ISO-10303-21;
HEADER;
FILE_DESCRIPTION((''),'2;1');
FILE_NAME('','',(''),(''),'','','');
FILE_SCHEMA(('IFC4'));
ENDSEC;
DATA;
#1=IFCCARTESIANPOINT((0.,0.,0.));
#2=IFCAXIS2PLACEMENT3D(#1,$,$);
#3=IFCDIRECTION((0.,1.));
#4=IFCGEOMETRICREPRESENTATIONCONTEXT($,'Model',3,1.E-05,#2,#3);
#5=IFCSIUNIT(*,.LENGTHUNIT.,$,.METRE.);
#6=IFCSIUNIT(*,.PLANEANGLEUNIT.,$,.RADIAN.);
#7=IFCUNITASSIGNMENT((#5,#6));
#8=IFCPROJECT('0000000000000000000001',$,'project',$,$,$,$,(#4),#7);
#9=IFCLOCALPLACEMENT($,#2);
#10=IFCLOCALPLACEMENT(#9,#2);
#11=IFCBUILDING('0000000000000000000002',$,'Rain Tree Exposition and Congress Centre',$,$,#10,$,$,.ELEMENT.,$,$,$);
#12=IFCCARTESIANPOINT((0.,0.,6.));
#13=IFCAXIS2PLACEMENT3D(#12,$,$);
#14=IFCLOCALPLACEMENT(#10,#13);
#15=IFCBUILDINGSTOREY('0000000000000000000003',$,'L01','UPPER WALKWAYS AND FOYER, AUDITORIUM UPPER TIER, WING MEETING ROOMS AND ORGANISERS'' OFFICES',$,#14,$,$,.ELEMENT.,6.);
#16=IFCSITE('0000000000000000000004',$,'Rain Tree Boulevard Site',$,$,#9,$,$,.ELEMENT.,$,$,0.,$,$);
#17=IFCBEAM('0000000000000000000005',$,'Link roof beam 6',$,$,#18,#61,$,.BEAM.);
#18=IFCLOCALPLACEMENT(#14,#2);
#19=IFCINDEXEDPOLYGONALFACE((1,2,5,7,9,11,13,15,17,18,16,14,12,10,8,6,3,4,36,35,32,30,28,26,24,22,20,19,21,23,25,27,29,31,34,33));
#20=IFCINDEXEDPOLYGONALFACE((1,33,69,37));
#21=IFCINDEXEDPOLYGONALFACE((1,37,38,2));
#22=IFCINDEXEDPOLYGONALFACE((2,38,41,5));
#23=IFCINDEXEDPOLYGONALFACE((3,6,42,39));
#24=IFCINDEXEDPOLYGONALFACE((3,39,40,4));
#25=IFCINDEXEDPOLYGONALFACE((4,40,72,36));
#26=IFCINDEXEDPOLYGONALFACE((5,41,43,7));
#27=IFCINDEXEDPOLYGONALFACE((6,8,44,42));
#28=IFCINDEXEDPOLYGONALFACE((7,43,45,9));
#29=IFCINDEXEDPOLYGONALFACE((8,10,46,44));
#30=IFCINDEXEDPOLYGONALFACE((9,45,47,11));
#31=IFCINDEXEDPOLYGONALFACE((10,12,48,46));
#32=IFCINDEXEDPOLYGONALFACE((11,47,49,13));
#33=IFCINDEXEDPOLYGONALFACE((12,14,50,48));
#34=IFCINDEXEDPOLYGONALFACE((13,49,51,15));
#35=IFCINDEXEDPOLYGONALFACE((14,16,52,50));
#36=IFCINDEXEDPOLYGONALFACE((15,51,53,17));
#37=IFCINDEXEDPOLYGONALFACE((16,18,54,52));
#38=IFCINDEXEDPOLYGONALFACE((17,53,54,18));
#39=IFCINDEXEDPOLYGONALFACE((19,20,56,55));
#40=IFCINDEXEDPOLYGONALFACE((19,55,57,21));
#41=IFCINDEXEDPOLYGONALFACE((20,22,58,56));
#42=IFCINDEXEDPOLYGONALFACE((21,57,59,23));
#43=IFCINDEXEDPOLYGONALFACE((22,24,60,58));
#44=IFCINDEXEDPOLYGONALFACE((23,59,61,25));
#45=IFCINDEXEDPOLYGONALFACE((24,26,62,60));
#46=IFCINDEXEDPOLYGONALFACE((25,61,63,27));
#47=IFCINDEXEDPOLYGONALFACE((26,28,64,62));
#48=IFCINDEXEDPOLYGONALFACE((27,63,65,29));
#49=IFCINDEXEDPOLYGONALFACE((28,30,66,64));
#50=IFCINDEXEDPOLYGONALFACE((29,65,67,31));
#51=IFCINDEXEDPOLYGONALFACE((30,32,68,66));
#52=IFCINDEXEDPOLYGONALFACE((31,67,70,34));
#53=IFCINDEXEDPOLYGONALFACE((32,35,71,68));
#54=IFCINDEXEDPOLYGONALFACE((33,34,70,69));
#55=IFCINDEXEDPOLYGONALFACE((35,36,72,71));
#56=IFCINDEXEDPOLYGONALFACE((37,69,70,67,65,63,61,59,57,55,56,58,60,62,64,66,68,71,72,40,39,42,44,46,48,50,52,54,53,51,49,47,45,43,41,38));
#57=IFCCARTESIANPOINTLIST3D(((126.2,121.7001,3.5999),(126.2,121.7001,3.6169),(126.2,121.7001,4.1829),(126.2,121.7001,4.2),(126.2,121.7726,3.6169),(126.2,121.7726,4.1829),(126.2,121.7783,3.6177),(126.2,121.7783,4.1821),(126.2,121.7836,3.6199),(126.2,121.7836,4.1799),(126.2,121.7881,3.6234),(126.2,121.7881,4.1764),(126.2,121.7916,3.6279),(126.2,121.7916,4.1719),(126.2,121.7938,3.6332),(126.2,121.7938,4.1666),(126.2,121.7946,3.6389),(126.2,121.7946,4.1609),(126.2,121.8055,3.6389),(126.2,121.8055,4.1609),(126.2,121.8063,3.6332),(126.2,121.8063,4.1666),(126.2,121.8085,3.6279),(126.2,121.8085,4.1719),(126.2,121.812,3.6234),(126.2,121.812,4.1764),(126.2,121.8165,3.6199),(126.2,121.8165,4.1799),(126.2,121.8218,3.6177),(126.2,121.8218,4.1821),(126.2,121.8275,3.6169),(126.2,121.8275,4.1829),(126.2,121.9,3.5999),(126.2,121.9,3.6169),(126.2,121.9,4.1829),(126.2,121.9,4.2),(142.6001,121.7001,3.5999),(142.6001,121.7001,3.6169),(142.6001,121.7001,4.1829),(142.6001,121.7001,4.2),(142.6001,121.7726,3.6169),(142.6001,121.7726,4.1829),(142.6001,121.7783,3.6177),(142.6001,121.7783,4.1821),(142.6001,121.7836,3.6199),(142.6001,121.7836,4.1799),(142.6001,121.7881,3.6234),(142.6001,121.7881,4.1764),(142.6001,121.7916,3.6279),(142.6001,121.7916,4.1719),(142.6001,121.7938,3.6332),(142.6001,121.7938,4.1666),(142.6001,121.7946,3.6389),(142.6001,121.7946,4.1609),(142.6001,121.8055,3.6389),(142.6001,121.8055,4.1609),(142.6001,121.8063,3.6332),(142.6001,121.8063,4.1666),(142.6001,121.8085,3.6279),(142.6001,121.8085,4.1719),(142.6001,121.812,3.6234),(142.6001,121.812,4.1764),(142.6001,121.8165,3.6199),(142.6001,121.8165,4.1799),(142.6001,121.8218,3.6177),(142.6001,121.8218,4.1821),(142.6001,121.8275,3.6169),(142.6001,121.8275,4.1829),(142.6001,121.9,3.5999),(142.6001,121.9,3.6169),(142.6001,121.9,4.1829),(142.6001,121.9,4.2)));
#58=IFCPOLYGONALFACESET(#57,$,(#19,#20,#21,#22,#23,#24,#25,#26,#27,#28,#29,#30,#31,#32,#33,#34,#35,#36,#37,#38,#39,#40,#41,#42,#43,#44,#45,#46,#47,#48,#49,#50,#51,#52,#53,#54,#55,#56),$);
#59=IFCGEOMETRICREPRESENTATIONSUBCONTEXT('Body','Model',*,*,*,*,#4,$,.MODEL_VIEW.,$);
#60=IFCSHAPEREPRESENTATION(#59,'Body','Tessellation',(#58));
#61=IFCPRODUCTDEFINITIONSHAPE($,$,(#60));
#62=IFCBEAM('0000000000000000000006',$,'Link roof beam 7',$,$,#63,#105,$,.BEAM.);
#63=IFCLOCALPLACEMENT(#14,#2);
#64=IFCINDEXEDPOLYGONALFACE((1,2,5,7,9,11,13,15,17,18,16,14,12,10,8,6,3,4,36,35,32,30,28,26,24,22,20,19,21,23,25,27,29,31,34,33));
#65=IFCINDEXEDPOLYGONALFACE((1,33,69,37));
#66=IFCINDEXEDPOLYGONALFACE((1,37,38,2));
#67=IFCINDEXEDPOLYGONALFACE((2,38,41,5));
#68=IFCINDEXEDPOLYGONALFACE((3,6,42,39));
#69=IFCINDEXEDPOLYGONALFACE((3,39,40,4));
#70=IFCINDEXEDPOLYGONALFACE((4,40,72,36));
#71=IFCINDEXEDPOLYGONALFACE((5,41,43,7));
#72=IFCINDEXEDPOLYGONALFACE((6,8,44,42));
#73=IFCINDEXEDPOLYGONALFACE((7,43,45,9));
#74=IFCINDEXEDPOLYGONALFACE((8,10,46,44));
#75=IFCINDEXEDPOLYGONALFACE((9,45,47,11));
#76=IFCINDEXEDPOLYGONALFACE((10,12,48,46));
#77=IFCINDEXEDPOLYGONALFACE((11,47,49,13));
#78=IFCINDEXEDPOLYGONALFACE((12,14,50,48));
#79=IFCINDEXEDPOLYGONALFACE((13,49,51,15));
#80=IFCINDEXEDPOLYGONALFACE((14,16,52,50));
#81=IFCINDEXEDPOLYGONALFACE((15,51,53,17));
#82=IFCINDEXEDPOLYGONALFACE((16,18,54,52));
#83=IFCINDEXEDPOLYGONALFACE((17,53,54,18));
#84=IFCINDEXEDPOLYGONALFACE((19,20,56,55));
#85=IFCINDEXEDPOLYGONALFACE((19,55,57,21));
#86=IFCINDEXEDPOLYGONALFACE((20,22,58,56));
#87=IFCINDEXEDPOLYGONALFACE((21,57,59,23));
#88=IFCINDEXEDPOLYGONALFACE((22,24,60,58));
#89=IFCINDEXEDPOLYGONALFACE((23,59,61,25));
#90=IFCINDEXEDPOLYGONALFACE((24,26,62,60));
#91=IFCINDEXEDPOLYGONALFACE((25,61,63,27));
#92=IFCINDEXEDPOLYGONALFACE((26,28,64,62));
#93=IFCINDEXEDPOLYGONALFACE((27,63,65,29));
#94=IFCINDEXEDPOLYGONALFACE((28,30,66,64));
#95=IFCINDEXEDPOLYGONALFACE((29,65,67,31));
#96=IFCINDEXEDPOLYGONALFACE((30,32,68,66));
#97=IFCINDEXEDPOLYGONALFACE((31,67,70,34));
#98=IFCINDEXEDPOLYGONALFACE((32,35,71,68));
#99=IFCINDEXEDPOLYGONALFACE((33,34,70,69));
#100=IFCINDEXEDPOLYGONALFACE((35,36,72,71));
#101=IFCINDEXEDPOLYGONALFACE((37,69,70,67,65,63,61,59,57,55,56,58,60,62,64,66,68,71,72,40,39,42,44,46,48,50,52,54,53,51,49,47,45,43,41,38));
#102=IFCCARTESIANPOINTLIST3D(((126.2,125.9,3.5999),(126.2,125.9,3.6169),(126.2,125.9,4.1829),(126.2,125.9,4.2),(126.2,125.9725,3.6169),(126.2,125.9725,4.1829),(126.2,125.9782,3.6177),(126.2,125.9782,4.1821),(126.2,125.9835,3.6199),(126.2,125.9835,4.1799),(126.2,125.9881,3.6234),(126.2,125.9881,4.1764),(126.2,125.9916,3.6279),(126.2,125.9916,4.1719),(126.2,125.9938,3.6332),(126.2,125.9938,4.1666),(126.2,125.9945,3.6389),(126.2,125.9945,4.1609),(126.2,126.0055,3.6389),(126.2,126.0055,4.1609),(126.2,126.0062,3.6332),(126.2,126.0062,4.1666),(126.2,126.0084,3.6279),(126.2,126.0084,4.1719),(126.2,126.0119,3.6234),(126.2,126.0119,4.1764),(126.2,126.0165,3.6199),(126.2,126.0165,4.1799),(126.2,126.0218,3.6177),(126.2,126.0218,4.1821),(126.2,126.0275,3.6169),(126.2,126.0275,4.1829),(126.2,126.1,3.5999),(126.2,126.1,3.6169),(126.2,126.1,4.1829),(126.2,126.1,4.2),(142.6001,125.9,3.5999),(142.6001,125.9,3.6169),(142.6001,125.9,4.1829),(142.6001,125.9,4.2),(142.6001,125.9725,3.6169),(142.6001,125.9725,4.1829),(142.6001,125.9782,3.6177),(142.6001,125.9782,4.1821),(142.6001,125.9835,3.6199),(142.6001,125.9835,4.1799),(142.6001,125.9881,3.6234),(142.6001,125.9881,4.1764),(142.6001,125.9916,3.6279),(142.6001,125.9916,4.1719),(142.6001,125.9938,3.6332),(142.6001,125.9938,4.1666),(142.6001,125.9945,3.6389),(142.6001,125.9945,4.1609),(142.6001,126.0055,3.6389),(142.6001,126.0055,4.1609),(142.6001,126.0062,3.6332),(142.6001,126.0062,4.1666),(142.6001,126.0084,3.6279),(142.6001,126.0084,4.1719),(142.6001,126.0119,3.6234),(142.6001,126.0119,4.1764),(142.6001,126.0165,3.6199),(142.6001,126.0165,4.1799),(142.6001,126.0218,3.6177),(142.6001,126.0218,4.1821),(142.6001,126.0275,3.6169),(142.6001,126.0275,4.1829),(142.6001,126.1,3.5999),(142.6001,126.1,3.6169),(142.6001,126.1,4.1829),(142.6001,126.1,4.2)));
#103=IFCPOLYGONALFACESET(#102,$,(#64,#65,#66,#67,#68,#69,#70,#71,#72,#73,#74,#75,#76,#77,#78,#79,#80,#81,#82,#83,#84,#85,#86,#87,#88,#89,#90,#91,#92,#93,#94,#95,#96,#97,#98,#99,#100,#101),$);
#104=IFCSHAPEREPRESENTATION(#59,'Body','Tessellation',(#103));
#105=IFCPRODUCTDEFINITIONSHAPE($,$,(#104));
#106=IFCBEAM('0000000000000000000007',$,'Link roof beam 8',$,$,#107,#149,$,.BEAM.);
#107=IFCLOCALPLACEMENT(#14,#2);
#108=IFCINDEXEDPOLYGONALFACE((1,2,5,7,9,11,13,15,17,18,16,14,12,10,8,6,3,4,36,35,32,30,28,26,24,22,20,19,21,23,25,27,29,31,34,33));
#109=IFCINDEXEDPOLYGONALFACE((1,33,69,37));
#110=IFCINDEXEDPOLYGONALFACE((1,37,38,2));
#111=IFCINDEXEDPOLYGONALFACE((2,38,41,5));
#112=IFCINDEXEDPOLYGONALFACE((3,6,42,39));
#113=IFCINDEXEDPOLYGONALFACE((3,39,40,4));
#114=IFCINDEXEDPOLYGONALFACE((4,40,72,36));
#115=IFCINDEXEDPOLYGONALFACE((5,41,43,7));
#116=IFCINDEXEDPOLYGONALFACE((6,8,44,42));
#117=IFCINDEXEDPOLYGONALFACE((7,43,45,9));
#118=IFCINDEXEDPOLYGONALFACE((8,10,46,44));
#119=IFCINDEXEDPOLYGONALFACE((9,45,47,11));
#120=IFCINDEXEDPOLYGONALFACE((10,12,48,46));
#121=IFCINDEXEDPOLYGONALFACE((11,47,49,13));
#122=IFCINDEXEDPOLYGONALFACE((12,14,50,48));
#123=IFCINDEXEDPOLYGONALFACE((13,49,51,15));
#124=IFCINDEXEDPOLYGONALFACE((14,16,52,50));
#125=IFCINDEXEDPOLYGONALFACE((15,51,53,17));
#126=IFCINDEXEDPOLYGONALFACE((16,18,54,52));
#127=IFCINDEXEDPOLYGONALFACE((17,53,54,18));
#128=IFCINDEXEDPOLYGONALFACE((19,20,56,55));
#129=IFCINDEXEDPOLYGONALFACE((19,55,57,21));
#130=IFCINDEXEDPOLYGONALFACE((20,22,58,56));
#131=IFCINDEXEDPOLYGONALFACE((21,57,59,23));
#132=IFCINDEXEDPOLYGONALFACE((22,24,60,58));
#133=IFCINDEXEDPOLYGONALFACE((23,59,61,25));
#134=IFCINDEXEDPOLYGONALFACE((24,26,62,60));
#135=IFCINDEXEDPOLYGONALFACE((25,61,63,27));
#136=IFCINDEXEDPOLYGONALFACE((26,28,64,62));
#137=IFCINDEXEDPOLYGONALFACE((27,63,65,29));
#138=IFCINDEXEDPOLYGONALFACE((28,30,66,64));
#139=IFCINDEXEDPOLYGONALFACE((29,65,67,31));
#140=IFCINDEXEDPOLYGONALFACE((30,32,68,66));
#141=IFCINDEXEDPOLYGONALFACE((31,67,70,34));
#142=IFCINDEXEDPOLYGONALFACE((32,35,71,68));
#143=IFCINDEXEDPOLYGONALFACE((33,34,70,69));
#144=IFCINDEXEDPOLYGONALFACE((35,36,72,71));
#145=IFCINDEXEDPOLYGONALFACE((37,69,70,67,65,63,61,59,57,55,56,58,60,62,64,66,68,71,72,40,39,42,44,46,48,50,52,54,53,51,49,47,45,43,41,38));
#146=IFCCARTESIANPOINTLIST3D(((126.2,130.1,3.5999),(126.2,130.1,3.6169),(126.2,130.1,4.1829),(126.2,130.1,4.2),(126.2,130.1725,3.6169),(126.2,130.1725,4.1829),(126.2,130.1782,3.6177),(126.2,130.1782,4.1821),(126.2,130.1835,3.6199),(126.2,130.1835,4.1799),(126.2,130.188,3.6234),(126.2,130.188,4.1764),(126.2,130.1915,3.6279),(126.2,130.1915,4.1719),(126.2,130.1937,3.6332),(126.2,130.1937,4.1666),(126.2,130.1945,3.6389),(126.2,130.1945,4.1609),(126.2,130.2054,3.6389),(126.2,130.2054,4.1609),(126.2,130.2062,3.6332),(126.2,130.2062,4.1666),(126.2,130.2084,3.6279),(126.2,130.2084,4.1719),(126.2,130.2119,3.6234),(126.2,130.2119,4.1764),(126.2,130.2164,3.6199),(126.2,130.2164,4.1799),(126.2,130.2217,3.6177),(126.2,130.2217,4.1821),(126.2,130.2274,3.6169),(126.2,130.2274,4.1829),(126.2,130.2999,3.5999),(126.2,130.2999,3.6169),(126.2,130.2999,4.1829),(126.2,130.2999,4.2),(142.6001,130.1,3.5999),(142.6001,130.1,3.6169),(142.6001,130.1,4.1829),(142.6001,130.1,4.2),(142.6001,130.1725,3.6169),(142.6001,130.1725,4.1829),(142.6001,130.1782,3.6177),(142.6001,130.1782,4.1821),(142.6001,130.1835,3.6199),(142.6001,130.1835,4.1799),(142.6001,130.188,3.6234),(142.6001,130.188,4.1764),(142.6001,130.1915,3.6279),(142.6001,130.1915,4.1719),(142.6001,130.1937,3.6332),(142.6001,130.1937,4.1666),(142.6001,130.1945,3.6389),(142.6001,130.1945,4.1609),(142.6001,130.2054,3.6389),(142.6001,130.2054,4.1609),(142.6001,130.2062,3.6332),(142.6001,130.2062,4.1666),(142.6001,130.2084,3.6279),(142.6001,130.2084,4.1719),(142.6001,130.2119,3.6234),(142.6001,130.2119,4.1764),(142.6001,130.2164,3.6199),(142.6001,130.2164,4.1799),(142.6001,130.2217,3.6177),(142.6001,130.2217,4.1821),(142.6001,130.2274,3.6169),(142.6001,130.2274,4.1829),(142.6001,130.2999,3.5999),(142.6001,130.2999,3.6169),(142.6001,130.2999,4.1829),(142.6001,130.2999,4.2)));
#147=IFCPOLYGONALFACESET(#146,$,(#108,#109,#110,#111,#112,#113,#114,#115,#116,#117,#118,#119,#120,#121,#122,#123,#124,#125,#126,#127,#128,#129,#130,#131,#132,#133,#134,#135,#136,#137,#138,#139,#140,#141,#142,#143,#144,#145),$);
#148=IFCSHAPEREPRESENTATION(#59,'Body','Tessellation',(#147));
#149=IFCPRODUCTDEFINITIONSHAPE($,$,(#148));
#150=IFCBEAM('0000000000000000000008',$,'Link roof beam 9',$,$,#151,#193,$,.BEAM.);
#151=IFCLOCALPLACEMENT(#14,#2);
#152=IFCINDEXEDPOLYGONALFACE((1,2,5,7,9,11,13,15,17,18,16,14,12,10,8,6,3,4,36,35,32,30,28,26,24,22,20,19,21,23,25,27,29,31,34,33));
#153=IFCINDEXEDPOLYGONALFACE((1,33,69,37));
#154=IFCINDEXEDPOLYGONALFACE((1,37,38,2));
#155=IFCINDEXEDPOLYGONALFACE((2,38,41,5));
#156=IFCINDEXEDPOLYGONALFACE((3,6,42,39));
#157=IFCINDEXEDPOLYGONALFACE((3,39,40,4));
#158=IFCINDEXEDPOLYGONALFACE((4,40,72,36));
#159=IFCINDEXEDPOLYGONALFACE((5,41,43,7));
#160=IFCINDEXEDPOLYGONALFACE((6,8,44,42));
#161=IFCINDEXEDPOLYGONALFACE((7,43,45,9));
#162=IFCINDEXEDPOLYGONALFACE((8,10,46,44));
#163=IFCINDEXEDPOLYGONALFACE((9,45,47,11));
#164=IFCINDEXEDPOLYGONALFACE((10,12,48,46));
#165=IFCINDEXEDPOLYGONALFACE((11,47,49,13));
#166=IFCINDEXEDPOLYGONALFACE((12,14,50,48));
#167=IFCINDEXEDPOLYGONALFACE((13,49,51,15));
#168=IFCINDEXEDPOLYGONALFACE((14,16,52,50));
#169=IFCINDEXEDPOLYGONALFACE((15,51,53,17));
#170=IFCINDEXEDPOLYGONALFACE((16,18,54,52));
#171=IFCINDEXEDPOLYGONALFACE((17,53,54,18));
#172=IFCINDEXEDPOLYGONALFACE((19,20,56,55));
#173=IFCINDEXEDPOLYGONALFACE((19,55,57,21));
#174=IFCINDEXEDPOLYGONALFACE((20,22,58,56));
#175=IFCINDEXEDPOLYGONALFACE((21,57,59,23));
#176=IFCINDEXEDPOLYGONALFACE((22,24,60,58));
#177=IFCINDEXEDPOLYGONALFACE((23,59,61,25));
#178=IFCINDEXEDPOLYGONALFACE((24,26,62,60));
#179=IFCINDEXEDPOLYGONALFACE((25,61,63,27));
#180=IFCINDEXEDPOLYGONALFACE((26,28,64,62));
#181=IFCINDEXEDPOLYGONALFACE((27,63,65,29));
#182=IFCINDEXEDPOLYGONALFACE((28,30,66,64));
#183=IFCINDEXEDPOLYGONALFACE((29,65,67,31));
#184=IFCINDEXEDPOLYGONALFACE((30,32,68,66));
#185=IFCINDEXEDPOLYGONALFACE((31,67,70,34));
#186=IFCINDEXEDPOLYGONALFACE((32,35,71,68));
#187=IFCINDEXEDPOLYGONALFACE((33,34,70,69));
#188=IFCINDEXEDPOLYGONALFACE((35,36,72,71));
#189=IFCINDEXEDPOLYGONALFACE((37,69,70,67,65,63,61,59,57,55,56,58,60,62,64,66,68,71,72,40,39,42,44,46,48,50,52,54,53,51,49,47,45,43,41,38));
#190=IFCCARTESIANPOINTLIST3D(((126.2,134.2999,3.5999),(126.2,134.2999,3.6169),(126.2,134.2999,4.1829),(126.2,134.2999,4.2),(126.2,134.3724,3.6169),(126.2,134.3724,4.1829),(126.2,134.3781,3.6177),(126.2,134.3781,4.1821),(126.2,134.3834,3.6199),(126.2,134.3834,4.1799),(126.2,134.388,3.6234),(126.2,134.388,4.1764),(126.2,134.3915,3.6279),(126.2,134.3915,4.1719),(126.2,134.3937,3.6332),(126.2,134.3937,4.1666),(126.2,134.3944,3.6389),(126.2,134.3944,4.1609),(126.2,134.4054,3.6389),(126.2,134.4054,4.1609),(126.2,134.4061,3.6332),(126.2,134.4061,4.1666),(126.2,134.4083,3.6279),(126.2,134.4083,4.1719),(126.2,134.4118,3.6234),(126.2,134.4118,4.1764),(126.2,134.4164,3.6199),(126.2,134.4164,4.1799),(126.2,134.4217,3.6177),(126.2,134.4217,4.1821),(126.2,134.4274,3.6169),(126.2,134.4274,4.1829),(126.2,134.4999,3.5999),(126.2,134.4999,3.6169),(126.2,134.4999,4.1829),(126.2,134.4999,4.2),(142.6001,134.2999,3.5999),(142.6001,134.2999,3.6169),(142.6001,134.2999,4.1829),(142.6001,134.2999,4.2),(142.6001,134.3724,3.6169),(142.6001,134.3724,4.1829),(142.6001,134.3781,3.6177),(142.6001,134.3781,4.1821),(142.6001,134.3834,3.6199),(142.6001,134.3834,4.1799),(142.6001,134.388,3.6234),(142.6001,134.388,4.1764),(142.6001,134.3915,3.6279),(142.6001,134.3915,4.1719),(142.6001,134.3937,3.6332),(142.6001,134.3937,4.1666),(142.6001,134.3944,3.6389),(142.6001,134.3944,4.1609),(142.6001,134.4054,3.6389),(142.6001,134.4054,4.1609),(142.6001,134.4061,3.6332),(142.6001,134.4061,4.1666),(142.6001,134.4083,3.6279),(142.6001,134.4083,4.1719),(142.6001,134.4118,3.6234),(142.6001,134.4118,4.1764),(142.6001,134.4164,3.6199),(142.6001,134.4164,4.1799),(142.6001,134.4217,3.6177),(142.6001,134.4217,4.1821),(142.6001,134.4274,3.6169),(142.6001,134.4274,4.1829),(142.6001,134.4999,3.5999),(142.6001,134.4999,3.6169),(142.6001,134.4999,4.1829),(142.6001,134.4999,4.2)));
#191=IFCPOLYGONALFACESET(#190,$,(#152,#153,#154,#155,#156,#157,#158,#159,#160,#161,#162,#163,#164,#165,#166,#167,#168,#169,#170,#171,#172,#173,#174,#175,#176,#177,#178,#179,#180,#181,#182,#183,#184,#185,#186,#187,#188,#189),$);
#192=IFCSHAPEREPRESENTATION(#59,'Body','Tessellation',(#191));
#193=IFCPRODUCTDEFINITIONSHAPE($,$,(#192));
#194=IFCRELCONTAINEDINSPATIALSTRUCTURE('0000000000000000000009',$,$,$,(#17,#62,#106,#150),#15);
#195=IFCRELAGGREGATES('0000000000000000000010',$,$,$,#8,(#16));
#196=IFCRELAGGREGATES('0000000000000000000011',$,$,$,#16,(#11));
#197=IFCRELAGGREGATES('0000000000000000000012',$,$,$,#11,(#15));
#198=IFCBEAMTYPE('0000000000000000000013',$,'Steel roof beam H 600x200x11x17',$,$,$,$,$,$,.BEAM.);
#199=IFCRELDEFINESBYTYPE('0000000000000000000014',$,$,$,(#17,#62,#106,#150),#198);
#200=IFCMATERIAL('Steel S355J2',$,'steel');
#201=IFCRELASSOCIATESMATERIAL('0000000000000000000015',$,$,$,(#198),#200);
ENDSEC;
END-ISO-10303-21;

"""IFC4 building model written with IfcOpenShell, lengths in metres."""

from ifc_helpers import new_model, si_unit, direction, frame, origin, origin_2d, place, context, subcontext, project, spatial, i_section, extrude, material, material_profile, profile_set, type_object, element, save


model = new_model("IFC4")

# Units and contexts
model_context = context("Model", 3, precision=1e-05, world=origin(), true_north=direction((0.0, 1.0)))
body_context = subcontext(model_context, "Body", "Model", "MODEL_VIEW")
ifc_project = project(units=[si_unit("LENGTHUNIT", "METRE"), si_unit("PLANEANGLEUNIT", "RADIAN")], contexts=[model_context])

# Site, building, storey
site_placement = place(None, origin())
site = spatial("IfcSite", under=ifc_project, at=site_placement, Name="Rain Tree Boulevard Site", CompositionType="ELEMENT", RefElevation=0.0)
building_placement = place(site_placement, origin())
building = spatial("IfcBuilding", under=site, at=building_placement, Name="Rain Tree Exposition and Congress Centre", CompositionType="ELEMENT")
storey_placement = place(building_placement, frame((0.0, 0.0, 6.0)))
storey = spatial("IfcBuildingStorey", under=building, at=storey_placement, Name="L01", Description="UPPER WALKWAYS AND FOYER, AUDITORIUM UPPER TIER, WING MEETING ROOMS AND ORGANISERS' OFFICES", CompositionType="ELEMENT", Elevation=6.0)

# Beams
ifc_material_1 = material(Name="Steel S355J2", Category="steel")
ifc_material_profile_1 = material_profile(ifc_material_1, i_section(OverallWidth=0.2, OverallDepth=0.6001, WebThickness=0.011, FlangeThickness=0.0171, FilletRadius=0.022, at=origin_2d()), Name="H 600x200x11x17")
ifc_profile_set_1 = profile_set([ifc_material_profile_1], Name="Steel S355J2")
beam_type = type_object("IfcBeamType", Name="Steel roof beam H 600x200x11x17", PredefinedType="BEAM", material=ifc_profile_set_1)
for number, where, z_axis, x_axis, name in (
    (1, (126.2, 121.8, 3.8999), (1.0, 0.0, 0.0), (0.0, 1.0, 0.0), "Link roof beam 6"),
    (2, (126.2, 126.0, 3.8999), (1.0, 0.0, 0.0), (0.0, 1.0, 0.0), "Link roof beam 7"),
    (3, (126.2, 130.2, 3.8999), (1.0, 0.0, 0.0), (0.0, 1.0, 0.0), "Link roof beam 8"),
    (4, (126.2, 134.3999, 3.8999), (1.0, 0.0, 0.0), (0.0, 1.0, 0.0), "Link roof beam 9"),
):
    element("IfcBeam", number, at=place(storey_placement, frame(where, z_axis=z_axis, x_axis=x_axis)), inside=storey, type_object=beam_type, Name=name, PredefinedType="BEAM", context=body_context, shape_type="SweptSolid", body=[
        extrude(i_section(OverallWidth=0.2, OverallDepth=0.6001, WebThickness=0.011, FlangeThickness=0.0171, FilletRadius=0.022, at=origin_2d()), origin(), (0.0, 0.0, 1.0), 16.4001),
    ])

save(model, "model.ifc")
